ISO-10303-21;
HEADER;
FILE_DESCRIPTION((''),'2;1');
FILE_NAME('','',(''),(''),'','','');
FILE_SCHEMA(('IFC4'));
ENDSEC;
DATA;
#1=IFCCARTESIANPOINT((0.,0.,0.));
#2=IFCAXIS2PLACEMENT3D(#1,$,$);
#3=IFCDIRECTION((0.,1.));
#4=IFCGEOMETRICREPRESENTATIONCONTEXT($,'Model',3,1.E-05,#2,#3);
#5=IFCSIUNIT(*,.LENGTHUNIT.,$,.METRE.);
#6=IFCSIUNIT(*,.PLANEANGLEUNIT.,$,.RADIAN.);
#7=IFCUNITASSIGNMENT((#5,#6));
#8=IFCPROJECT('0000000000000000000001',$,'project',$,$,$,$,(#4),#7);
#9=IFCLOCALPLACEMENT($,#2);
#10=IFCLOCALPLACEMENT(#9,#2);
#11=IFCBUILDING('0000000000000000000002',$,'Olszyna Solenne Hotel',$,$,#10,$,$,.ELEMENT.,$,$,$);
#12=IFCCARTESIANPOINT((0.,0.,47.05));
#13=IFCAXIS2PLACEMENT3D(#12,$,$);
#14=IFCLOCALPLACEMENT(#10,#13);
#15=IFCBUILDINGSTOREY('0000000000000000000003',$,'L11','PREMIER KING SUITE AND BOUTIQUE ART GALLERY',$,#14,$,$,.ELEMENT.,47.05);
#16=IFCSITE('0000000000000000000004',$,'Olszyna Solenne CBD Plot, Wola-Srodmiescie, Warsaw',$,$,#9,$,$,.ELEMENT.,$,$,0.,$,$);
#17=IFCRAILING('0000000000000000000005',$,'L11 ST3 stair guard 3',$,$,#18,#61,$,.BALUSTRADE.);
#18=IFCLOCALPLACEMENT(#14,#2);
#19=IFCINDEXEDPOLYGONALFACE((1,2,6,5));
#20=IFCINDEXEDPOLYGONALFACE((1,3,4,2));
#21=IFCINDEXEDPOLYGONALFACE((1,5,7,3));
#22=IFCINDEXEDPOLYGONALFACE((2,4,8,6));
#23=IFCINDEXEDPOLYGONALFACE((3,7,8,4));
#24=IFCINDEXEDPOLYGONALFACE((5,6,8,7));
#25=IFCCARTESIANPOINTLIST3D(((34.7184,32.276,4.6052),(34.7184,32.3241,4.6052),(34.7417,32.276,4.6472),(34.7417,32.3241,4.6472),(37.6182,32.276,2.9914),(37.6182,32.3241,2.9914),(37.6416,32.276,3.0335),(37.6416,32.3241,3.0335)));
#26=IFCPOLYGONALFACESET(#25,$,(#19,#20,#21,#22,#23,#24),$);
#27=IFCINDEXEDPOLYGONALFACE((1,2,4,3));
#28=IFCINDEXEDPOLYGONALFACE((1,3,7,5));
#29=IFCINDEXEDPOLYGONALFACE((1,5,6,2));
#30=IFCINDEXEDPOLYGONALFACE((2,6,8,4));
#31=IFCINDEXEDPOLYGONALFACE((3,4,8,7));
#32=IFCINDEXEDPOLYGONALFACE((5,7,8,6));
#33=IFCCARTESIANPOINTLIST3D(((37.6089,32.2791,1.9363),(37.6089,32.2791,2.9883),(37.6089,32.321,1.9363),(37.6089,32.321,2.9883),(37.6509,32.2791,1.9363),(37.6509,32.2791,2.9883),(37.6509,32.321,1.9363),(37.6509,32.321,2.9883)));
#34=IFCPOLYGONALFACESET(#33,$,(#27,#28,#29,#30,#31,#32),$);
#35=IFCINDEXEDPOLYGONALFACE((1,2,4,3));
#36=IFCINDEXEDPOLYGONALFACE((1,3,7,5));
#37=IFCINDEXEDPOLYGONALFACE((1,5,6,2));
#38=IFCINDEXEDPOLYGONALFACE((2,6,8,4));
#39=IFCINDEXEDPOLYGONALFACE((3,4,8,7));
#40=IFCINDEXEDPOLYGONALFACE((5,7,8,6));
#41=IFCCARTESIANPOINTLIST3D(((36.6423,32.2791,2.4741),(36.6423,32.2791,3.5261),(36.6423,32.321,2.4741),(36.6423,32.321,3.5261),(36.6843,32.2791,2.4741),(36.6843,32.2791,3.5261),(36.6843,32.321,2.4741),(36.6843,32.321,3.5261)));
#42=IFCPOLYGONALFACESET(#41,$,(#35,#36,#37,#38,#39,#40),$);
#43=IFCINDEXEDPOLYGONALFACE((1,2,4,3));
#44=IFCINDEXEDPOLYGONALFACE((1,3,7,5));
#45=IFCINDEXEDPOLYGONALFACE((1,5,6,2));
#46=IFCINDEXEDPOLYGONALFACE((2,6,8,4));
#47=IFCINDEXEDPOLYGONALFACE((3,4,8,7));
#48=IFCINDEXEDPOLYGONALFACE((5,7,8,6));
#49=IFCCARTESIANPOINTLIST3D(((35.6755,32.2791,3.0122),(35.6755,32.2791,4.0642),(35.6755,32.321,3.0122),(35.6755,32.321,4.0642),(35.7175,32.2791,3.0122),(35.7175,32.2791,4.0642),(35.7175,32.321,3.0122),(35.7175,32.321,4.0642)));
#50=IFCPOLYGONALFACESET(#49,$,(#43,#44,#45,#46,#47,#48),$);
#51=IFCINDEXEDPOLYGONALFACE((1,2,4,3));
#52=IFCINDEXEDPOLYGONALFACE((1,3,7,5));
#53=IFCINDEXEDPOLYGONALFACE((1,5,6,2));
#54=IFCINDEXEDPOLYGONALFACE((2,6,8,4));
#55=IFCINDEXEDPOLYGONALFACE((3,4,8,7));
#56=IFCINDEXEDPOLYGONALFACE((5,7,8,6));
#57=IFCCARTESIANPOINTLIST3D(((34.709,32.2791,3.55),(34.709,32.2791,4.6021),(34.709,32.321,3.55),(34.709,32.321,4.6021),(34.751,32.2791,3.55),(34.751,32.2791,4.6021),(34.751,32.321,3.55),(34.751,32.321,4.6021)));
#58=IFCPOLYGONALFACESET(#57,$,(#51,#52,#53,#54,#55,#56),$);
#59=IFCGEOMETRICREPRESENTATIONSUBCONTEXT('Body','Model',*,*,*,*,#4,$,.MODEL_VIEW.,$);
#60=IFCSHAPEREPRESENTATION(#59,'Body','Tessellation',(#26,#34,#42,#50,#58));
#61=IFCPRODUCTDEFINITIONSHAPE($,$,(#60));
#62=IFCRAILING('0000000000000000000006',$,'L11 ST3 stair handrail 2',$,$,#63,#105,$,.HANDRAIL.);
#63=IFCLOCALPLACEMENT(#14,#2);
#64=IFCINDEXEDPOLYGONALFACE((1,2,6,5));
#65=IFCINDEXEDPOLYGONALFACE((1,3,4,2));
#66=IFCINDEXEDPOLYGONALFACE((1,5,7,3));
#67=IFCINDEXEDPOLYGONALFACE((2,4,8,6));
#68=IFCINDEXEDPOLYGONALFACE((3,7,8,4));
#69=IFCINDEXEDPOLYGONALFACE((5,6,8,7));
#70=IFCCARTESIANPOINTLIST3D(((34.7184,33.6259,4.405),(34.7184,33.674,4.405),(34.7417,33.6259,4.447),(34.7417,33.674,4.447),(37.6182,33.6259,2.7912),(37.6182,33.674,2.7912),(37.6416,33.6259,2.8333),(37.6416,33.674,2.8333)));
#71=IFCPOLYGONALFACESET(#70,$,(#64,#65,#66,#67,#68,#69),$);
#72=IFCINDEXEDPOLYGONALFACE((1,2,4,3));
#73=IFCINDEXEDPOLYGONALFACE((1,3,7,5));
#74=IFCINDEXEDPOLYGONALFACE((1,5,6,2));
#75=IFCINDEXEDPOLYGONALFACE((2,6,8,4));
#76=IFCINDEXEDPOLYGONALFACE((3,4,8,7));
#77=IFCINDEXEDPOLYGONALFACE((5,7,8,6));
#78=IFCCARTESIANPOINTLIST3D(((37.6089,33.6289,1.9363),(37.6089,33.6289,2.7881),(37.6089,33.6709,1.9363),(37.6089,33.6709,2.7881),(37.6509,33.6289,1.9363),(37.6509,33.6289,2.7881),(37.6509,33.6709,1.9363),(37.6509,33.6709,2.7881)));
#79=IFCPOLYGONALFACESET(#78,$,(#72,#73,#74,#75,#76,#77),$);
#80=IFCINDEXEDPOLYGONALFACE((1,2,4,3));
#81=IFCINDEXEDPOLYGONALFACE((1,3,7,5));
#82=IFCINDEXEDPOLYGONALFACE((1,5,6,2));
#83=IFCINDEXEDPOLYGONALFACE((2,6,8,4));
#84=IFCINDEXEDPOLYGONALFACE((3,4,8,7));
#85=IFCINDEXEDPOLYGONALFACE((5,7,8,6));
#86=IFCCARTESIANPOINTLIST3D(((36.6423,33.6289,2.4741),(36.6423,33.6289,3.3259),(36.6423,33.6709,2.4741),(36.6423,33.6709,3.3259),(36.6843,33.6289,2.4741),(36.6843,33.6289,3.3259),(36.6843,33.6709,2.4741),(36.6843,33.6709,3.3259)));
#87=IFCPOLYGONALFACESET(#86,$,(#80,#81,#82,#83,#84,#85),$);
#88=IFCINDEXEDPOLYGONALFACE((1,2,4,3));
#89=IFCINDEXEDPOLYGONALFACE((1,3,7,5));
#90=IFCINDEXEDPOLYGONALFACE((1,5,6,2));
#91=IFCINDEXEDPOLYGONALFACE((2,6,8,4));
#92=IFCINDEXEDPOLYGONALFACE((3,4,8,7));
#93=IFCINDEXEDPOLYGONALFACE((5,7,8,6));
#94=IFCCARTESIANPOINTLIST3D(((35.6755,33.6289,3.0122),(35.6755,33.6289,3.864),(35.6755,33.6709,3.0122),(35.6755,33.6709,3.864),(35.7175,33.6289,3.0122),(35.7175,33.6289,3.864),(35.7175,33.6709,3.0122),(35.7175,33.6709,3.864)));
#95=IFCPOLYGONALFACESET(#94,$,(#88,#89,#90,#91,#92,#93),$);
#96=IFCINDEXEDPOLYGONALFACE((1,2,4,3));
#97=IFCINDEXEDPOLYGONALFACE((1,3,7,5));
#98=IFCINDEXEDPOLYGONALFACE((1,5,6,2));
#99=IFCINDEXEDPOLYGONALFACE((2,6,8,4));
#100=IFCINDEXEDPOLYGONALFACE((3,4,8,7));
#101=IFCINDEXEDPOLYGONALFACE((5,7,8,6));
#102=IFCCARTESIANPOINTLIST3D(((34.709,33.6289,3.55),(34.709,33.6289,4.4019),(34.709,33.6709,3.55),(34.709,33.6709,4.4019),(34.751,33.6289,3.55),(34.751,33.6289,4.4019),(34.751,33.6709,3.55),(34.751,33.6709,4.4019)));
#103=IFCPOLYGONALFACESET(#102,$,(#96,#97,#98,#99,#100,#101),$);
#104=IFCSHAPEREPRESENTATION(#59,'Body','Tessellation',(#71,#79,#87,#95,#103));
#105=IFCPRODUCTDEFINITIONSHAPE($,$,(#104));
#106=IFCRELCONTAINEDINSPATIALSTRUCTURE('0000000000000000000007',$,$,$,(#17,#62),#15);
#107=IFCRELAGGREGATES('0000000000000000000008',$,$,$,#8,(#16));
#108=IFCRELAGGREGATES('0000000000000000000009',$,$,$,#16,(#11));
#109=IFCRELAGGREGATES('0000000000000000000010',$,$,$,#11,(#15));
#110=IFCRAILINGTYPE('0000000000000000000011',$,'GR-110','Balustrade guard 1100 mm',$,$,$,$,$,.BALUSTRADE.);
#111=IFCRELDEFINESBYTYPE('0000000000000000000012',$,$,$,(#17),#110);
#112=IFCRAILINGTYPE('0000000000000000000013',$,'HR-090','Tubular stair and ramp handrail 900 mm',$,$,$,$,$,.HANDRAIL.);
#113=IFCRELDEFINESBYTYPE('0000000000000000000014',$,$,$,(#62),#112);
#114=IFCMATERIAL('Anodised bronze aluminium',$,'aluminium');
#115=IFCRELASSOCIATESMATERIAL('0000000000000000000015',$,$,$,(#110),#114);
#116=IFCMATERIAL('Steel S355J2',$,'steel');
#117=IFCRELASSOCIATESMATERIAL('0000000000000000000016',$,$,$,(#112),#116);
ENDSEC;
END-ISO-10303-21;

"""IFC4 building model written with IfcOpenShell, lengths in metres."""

from ifc_helpers import new_model, si_unit, direction, frame, origin, origin_2d, place, context, subcontext, project, spatial, rectangle, extrude, material, type_object, element, save


model = new_model("IFC4")

# Units and contexts
model_context = context("Model", 3, precision=1e-05, world=origin(), true_north=direction((0.0, 1.0)))
body_context = subcontext(model_context, "Body", "Model", "MODEL_VIEW")
ifc_project = project(units=[si_unit("LENGTHUNIT", "METRE"), si_unit("PLANEANGLEUNIT", "RADIAN")], contexts=[model_context])

# Site, building, storey
site_placement = place(None, origin())
site = spatial("IfcSite", under=ifc_project, at=site_placement, Name="Olszyna Solenne CBD Plot, Wola-Srodmiescie, Warsaw", CompositionType="ELEMENT", RefElevation=0.0)
building_placement = place(site_placement, origin())
building = spatial("IfcBuilding", under=site, at=building_placement, Name="Olszyna Solenne Hotel", CompositionType="ELEMENT")
storey_placement = place(building_placement, frame((0.0, 0.0, 47.05)))
storey = spatial("IfcBuildingStorey", under=building, at=storey_placement, Name="L11", Description="PREMIER KING SUITE AND BOUTIQUE ART GALLERY", CompositionType="ELEMENT", Elevation=47.05)

# Shared definitions
ifc_material_1 = material(Name="Steel S355J2", Category="steel")

# Shared definitions
ifc_material_2 = material(Name="Anodised bronze aluminium", Category="aluminium")

# Railings
railing_type_1 = type_object("IfcRailingType", Name="GR-110", Description="Balustrade guard 1100 mm", PredefinedType="BALUSTRADE", material=ifc_material_2)
railing_1_placement = place(storey_placement, frame((37.6299, 32.3, 1.9363)))
element("IfcRailing", 1, at=railing_1_placement, inside=storey, type_object=railing_type_1, Name="L11 ST3 stair guard 3", PredefinedType="BALUSTRADE", context=body_context, shape_type="SweptSolid", body=[
    extrude(rectangle(XDim=0.0481, YDim=0.0481, at=origin_2d()), frame((0.0, 0.0, 1.0762), z_axis=(-0.87381, 0.0, 0.486267), x_axis=(0.0, -1.0, 0.0)), (0.0, 0.0, 1.0), 3.3186),
    extrude(rectangle(XDim=0.042, YDim=0.042, at=origin_2d()), origin(), (0.0, 0.0, 1.0), 1.052),
    extrude(rectangle(XDim=0.042, YDim=0.042, at=origin_2d()), frame((-0.9666, 0.0, 0.5378)), (0.0, 0.0, 1.0), 1.052),
    extrude(rectangle(XDim=0.042, YDim=0.042, at=origin_2d()), frame((-1.9333, 0.0, 1.0759)), (0.0, 0.0, 1.0), 1.052),
    extrude(rectangle(XDim=0.042, YDim=0.042, at=origin_2d()), frame((-2.8999, 0.0, 1.6138)), (0.0, 0.0, 1.0), 1.052),
])
railing_type_2 = type_object("IfcRailingType", Name="HR-090", Description="Tubular stair and ramp handrail 900 mm", PredefinedType="HANDRAIL", material=ifc_material_1)
railing_2_placement = place(storey_placement, frame((37.6299, 33.6499, 1.9363)))
element("IfcRailing", 2, at=railing_2_placement, inside=storey, type_object=railing_type_2, Name="L11 ST3 stair handrail 2", PredefinedType="HANDRAIL", context=body_context, shape_type="SweptSolid", body=[
    extrude(rectangle(XDim=0.0481, YDim=0.0481, at=origin_2d()), frame((0.0, 0.0, 0.876), z_axis=(-0.87381, 0.0, 0.486267), x_axis=(0.0, -1.0, 0.0)), (0.0, 0.0, 1.0), 3.3186),
    extrude(rectangle(XDim=0.042, YDim=0.042, at=origin_2d()), origin(), (0.0, 0.0, 1.0), 0.8518),
    extrude(rectangle(XDim=0.042, YDim=0.042, at=origin_2d()), frame((-0.9666, 0.0, 0.5378)), (0.0, 0.0, 1.0), 0.8518),
    extrude(rectangle(XDim=0.042, YDim=0.042, at=origin_2d()), frame((-1.9333, 0.0, 1.0759)), (0.0, 0.0, 1.0), 0.8518),
    extrude(rectangle(XDim=0.042, YDim=0.042, at=origin_2d()), frame((-2.8999, 0.0, 1.6138)), (0.0, 0.0, 1.0), 0.8518),
])

save(model, "model.ifc")
